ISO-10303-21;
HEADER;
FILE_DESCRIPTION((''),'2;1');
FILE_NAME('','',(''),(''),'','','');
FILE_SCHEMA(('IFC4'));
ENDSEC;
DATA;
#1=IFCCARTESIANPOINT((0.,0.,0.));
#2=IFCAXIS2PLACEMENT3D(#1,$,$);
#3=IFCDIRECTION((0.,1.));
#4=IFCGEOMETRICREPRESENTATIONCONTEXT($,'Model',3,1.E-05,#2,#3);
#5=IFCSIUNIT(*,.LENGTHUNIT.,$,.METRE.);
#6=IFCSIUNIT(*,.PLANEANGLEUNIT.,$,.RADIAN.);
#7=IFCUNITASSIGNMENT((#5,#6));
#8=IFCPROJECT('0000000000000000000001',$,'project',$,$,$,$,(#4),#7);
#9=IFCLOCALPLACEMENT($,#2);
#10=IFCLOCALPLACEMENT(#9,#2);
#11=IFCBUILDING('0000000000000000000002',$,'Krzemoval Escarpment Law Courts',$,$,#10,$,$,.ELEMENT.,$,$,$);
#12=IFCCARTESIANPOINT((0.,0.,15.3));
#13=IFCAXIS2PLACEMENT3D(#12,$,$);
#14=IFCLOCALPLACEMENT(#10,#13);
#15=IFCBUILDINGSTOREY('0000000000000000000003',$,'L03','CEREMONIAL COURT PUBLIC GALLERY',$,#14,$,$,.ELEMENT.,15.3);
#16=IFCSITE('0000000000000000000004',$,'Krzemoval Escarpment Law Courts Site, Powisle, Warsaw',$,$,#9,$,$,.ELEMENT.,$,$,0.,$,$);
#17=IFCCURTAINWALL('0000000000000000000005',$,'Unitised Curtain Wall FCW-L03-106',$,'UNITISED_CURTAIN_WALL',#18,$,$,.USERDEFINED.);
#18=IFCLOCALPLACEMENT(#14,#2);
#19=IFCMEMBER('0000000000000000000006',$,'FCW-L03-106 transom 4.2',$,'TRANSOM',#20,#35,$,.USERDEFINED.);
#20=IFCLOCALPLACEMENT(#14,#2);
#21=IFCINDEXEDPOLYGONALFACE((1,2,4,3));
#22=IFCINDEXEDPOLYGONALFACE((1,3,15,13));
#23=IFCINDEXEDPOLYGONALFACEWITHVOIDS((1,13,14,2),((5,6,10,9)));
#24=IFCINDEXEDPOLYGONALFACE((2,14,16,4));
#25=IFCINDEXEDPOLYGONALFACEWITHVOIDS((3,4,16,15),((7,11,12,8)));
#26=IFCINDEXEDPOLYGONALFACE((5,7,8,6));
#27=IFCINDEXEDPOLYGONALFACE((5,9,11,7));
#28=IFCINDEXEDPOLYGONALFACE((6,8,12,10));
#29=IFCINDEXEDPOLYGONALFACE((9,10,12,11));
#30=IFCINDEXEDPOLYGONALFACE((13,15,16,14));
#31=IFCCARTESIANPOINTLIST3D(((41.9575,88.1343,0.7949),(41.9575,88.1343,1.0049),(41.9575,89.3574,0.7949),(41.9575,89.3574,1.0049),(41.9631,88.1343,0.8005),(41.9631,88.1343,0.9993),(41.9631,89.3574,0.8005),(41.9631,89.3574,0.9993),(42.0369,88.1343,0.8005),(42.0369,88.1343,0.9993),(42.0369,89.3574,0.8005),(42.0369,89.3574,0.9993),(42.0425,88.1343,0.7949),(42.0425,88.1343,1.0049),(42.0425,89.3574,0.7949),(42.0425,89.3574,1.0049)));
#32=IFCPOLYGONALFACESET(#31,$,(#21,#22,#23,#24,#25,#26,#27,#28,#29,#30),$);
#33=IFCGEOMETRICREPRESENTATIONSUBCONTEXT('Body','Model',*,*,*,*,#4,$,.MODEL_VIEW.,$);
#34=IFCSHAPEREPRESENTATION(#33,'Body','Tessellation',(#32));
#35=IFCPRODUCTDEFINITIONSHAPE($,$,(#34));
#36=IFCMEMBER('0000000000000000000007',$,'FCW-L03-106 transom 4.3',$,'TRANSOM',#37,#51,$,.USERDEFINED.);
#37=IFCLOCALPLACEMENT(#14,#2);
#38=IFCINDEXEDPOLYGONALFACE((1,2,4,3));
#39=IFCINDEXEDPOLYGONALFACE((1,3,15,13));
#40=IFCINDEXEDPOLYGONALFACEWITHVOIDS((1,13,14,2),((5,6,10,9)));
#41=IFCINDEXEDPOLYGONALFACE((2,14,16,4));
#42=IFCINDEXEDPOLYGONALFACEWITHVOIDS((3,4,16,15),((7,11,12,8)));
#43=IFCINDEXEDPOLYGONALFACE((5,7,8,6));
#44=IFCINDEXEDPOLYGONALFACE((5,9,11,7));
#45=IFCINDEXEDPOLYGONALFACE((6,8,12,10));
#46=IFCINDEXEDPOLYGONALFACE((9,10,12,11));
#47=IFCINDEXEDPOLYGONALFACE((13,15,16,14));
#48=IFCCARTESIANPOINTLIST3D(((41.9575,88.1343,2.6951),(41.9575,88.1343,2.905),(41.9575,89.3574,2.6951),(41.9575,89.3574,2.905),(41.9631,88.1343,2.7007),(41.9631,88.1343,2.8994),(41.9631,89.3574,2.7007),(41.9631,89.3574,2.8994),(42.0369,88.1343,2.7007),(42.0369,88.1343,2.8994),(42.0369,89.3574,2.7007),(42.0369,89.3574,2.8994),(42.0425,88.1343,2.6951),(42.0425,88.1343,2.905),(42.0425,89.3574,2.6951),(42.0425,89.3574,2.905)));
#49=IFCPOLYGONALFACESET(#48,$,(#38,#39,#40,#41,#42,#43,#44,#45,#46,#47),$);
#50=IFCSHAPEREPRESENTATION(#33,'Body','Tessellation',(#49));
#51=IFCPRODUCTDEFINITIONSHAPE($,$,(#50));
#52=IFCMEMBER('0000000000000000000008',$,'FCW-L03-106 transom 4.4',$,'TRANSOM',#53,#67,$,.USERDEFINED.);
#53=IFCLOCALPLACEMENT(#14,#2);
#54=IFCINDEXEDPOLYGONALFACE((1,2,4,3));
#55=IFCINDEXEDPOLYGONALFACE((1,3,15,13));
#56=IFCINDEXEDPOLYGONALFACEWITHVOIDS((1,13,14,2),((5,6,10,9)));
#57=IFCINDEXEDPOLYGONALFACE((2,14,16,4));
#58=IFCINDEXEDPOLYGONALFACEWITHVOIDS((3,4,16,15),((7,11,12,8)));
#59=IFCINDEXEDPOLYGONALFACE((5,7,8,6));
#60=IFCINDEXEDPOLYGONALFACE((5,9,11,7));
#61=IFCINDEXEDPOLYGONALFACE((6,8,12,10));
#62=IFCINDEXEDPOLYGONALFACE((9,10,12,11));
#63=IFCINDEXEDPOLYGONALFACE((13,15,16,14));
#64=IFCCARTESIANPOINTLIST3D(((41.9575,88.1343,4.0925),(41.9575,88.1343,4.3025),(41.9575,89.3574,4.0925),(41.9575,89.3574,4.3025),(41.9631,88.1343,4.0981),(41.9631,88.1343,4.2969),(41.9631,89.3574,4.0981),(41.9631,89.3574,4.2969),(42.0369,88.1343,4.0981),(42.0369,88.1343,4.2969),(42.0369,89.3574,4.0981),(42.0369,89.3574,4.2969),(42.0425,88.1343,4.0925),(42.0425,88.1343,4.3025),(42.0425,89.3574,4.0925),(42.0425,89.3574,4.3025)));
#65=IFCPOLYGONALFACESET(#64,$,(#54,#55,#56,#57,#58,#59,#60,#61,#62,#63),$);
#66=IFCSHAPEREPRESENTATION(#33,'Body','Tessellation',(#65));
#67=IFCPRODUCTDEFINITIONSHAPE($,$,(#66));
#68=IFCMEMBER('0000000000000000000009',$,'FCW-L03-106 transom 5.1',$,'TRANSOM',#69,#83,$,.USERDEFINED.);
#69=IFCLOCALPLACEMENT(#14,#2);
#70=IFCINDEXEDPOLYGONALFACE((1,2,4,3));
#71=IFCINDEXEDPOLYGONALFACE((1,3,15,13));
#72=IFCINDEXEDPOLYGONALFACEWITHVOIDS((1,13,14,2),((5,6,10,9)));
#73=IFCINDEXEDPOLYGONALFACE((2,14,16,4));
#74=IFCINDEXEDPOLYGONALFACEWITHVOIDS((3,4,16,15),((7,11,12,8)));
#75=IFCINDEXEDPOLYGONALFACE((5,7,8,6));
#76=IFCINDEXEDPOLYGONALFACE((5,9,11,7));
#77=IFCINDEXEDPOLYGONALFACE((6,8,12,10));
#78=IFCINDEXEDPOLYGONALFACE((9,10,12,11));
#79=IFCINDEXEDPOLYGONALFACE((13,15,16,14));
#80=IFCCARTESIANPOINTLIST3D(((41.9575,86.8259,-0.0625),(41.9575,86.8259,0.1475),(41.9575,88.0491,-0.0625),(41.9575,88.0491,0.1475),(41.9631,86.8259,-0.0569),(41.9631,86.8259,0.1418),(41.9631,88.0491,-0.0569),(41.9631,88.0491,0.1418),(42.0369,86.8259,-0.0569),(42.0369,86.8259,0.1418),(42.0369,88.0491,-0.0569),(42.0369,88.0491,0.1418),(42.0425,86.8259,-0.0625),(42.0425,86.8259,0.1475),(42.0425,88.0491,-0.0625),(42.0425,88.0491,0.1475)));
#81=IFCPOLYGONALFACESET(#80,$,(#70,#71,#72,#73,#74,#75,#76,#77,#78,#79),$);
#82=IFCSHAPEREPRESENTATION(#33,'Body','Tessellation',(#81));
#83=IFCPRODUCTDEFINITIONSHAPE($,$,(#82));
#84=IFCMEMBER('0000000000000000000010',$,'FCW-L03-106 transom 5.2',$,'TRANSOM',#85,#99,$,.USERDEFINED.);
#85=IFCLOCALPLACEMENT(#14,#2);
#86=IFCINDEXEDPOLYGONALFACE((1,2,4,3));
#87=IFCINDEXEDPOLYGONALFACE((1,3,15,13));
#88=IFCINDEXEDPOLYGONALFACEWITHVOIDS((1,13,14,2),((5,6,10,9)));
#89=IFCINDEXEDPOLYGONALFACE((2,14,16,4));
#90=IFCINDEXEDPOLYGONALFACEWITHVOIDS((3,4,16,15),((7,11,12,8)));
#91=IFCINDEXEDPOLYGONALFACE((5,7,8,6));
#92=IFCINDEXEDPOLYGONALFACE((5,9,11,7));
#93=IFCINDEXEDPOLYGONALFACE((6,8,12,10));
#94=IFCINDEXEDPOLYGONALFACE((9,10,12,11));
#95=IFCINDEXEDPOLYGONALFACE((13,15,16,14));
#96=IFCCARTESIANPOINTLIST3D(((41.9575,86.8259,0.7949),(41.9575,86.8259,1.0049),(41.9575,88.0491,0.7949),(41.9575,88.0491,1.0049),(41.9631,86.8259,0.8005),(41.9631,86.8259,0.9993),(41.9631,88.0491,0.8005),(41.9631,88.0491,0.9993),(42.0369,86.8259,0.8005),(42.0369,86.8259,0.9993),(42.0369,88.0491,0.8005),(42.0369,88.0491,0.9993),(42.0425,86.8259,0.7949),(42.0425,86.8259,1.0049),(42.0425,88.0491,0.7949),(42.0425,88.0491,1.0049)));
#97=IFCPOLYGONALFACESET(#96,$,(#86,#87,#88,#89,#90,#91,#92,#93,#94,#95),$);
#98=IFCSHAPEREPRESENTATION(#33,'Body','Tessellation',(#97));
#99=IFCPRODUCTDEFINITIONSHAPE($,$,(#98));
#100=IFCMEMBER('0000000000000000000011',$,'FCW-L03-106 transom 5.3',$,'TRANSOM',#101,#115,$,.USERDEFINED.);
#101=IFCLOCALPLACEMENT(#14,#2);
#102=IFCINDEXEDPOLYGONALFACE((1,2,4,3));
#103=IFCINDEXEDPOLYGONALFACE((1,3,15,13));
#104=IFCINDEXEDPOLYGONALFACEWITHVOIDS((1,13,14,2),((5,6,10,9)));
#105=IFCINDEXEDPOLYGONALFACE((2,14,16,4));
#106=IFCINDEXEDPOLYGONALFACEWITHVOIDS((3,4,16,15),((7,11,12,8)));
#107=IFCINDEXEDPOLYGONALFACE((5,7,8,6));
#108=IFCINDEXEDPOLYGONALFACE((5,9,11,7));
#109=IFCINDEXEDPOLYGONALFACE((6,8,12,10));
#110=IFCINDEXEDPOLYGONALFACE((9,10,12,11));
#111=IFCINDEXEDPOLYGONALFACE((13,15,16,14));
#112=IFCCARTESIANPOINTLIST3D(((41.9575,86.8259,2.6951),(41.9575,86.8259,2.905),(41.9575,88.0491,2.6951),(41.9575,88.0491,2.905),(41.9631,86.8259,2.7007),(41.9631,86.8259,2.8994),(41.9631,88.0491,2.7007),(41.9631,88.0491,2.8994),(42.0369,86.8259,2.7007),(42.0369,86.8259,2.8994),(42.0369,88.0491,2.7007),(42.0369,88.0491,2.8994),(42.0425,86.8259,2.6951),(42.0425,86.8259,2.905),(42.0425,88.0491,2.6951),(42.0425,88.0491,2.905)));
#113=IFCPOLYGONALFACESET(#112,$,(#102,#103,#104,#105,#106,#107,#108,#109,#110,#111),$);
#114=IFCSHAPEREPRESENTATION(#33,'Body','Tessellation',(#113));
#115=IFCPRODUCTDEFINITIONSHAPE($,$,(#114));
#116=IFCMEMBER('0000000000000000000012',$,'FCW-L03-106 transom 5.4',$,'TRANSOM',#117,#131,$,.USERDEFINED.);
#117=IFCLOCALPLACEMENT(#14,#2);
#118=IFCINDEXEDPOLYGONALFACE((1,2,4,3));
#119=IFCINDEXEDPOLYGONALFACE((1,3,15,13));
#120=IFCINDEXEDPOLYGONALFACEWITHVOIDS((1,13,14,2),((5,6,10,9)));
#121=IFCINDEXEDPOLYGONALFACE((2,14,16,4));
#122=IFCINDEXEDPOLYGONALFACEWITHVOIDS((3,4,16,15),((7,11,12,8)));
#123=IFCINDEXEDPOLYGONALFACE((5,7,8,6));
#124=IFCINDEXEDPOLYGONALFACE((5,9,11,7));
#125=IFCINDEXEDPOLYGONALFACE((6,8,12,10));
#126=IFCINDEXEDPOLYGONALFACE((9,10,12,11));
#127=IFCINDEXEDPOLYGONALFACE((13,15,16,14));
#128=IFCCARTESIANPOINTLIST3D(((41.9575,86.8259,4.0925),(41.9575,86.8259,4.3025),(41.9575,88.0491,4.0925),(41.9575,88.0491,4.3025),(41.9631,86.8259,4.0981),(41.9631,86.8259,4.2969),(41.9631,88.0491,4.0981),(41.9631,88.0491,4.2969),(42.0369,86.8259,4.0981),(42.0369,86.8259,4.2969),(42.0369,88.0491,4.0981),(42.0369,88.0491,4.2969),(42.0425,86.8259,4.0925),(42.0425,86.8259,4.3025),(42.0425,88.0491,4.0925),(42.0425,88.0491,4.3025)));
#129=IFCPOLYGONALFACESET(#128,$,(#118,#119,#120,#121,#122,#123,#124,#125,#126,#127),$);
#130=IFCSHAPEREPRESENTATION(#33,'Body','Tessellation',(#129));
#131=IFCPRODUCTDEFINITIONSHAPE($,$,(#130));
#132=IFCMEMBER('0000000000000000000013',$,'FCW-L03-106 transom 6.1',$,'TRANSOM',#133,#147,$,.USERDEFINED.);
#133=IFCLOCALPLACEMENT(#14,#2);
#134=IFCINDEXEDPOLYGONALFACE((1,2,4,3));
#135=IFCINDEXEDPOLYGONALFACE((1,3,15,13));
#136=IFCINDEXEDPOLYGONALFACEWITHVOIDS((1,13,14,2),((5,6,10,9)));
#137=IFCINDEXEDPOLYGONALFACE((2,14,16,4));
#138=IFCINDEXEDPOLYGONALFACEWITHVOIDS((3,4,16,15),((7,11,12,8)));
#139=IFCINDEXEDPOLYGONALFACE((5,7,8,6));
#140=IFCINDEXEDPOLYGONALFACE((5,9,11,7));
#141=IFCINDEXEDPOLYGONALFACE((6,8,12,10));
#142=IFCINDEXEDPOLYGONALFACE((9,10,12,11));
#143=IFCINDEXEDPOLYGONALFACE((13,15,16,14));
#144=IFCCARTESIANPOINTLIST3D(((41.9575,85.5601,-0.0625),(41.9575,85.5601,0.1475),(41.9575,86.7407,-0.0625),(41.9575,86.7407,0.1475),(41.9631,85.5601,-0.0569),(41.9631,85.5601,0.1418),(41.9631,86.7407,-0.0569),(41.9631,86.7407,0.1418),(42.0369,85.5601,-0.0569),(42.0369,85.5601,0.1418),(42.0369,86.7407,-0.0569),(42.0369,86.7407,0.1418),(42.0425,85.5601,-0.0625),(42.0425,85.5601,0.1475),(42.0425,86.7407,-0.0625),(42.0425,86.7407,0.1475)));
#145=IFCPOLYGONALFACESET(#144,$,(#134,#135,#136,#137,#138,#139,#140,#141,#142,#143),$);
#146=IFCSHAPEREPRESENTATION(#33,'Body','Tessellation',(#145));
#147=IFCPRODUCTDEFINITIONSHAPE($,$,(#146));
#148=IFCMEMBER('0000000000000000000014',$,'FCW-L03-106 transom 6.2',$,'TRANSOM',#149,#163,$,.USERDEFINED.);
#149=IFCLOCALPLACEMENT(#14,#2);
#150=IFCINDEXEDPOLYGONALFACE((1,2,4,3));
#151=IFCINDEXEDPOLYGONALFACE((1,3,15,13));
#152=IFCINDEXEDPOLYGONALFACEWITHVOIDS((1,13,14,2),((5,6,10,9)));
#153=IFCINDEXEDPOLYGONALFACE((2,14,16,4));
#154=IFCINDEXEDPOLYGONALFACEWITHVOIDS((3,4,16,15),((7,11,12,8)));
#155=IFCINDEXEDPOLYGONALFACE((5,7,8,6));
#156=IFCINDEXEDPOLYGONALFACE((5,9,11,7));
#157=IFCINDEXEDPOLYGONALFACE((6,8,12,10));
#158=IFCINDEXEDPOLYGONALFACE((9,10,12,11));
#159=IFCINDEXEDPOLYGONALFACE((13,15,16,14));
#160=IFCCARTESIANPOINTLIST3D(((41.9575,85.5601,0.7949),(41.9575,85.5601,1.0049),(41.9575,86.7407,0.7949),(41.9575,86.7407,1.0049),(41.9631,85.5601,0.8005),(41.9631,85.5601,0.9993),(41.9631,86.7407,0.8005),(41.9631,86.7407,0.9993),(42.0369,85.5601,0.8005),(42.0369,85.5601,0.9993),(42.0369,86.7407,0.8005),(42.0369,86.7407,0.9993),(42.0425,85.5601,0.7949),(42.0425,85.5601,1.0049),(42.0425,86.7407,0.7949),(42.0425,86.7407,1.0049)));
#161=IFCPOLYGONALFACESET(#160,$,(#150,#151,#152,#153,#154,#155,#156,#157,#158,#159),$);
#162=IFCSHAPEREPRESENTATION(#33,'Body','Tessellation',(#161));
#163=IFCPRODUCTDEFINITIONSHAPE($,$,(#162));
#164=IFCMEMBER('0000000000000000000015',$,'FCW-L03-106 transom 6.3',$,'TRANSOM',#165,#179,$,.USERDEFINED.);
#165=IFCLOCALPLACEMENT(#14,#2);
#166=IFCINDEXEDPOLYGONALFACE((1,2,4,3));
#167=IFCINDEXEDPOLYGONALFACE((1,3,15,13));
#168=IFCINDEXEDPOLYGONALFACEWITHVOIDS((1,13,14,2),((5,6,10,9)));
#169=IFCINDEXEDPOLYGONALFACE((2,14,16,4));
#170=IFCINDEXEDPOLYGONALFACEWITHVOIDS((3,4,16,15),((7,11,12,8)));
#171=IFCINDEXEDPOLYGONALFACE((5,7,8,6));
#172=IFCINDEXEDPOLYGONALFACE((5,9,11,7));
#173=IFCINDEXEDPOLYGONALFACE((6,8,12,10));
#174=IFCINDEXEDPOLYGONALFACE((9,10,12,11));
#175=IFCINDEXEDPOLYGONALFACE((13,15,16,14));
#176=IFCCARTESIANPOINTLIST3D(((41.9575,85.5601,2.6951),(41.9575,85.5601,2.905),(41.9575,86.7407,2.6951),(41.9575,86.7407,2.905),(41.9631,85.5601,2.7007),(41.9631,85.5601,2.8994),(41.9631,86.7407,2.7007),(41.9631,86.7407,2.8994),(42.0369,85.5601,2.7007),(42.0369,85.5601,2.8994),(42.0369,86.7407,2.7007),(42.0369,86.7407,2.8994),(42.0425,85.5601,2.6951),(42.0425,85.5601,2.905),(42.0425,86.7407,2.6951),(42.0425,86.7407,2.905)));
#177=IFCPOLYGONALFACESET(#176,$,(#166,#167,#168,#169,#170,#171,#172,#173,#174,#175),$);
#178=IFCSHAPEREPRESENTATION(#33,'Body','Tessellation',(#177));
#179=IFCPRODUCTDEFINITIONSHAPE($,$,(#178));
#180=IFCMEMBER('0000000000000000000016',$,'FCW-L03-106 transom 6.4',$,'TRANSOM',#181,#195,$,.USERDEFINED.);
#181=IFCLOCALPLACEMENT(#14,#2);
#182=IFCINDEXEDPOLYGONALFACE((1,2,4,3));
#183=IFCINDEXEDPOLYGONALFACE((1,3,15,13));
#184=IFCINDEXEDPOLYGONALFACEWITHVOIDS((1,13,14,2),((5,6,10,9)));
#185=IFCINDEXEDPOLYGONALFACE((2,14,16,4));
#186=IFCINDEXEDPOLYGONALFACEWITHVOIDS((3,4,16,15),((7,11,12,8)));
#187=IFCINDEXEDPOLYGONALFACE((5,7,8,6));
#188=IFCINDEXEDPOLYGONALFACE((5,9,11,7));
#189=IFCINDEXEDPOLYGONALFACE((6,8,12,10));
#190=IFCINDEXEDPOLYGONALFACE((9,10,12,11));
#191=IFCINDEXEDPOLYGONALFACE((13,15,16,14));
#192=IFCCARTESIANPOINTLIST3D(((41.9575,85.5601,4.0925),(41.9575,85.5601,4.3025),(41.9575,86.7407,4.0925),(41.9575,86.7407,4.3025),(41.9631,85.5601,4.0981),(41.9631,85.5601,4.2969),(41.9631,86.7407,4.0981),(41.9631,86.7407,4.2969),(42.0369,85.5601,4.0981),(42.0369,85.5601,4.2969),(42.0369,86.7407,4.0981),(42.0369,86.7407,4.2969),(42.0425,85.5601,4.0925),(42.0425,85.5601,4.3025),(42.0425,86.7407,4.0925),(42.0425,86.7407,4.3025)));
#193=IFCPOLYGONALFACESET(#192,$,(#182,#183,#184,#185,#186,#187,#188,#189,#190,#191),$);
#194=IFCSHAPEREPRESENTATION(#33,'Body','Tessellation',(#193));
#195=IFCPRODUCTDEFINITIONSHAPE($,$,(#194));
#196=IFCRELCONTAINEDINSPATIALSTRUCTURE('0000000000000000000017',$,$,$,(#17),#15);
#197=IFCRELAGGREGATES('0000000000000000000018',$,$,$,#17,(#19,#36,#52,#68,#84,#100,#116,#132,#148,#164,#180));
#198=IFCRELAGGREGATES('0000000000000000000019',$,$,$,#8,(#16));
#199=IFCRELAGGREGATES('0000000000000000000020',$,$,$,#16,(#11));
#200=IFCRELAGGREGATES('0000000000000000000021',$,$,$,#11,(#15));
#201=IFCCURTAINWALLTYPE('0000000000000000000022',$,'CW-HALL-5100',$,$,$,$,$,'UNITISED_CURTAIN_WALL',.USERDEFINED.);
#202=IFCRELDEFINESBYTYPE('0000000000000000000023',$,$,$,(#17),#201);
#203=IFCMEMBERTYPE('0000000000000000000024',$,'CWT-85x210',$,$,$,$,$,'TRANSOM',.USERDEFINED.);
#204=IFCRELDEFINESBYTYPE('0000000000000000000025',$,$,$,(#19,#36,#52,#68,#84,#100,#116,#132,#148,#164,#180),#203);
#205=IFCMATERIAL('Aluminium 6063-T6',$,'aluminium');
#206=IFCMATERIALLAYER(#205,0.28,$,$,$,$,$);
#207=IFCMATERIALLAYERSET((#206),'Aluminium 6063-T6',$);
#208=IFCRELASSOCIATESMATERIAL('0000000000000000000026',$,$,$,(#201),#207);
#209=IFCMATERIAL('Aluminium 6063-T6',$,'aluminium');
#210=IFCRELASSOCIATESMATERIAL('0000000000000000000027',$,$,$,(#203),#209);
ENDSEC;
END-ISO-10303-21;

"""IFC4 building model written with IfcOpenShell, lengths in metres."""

from ifc_helpers import new_model, si_unit, direction, frame, origin, origin_2d, place, context, subcontext, project, spatial, hollow_rectangle, extrude, material, layer, layer_set, material_profile, profile_set, type_object, element, aggregate, save


model = new_model("IFC4")

# Units and contexts
model_context = context("Model", 3, precision=1e-05, world=origin(), true_north=direction((0.0, 1.0)))
body_context = subcontext(model_context, "Body", "Model", "MODEL_VIEW")
ifc_project = project(units=[si_unit("LENGTHUNIT", "METRE"), si_unit("PLANEANGLEUNIT", "RADIAN")], contexts=[model_context])

# Site, building, storey
site_placement = place(None, origin())
site = spatial("IfcSite", under=ifc_project, at=site_placement, Name="Krzemoval Escarpment Law Courts Site, Powisle, Warsaw", CompositionType="ELEMENT", RefElevation=0.0)
building_placement = place(site_placement, origin())
building = spatial("IfcBuilding", under=site, at=building_placement, Name="Krzemoval Escarpment Law Courts", CompositionType="ELEMENT")
storey_placement = place(building_placement, frame((0.0, 0.0, 15.3)))
storey = spatial("IfcBuildingStorey", under=building, at=storey_placement, Name="L03", Description="CEREMONIAL COURT PUBLIC GALLERY", CompositionType="ELEMENT", Elevation=15.3)

# Curtain wall
ifc_material_1 = material(Name="Aluminium 6063-T6", Category="aluminium")
ifc_layer_1 = layer(ifc_material_1, 0.28)
ifc_layer_set_1 = layer_set([ifc_layer_1], Name="Aluminium 6063-T6")
curtain_wall_type = type_object("IfcCurtainWallType", Name="CW-HALL-5100", ElementType="UNITISED_CURTAIN_WALL", PredefinedType="USERDEFINED", material=ifc_layer_set_1)
curtain_wall_1_placement = place(storey_placement, origin())
curtain_wall_1 = element("IfcCurtainWall", 1, at=curtain_wall_1_placement, inside=storey, type_object=curtain_wall_type, Name="Unitised Curtain Wall FCW-L03-106", ObjectType="UNITISED_CURTAIN_WALL", PredefinedType="USERDEFINED")

# Members
ifc_material_2 = material(Name="Aluminium 6063-T6", Category="aluminium")
ifc_material_profile_1 = material_profile(ifc_material_2, hollow_rectangle(XDim=0.085, YDim=0.21, WallThickness=0.0056, at=origin_2d()), Name="ALU T85x210")
ifc_profile_set_1 = profile_set([ifc_material_profile_1], Name="Aluminium 6063-T6")
member_type_1 = type_object("IfcMemberType", Name="CWT-85x210", ElementType="TRANSOM", PredefinedType="USERDEFINED", material=ifc_profile_set_1)
member_1_placement = place(storey_placement, frame((42.0, 89.3574, 0.8999), z_axis=(0.0, -1.0, 0.0), x_axis=(1.0, 0.0, 0.0)))
member_1 = element("IfcMember", 2, at=member_1_placement, type_object=member_type_1, Name="FCW-L03-106 transom 4.2", ObjectType="TRANSOM", PredefinedType="USERDEFINED", context=body_context, shape_type="SweptSolid", body=[
    extrude(hollow_rectangle(XDim=0.085, YDim=0.21, WallThickness=0.0056, at=origin_2d()), origin(), (0.0, 0.0, 1.0), 1.2231),
])
member_2_placement = place(storey_placement, frame((42.0, 89.3574, 2.8), z_axis=(0.0, -1.0, 0.0), x_axis=(1.0, 0.0, 0.0)))
member_2 = element("IfcMember", 3, at=member_2_placement, type_object=member_type_1, Name="FCW-L03-106 transom 4.3", ObjectType="TRANSOM", PredefinedType="USERDEFINED", context=body_context, shape_type="SweptSolid", body=[
    extrude(hollow_rectangle(XDim=0.085, YDim=0.21, WallThickness=0.0056, at=origin_2d()), origin(), (0.0, 0.0, 1.0), 1.2231),
])
member_3_placement = place(storey_placement, frame((42.0, 89.3574, 4.1975), z_axis=(0.0, -1.0, 0.0), x_axis=(1.0, 0.0, 0.0)))
member_3 = element("IfcMember", 4, at=member_3_placement, type_object=member_type_1, Name="FCW-L03-106 transom 4.4", ObjectType="TRANSOM", PredefinedType="USERDEFINED", context=body_context, shape_type="SweptSolid", body=[
    extrude(hollow_rectangle(XDim=0.085, YDim=0.21, WallThickness=0.0056, at=origin_2d()), origin(), (0.0, 0.0, 1.0), 1.2231),
])
member_4_placement = place(storey_placement, frame((42.0, 88.0491, 0.0425), z_axis=(0.0, -1.0, 0.0), x_axis=(1.0, 0.0, 0.0)))
member_4 = element("IfcMember", 5, at=member_4_placement, type_object=member_type_1, Name="FCW-L03-106 transom 5.1", ObjectType="TRANSOM", PredefinedType="USERDEFINED", context=body_context, shape_type="SweptSolid", body=[
    extrude(hollow_rectangle(XDim=0.085, YDim=0.21, WallThickness=0.0056, at=origin_2d()), origin(), (0.0, 0.0, 1.0), 1.2231),
])
member_5_placement = place(storey_placement, frame((42.0, 88.0491, 0.8999), z_axis=(0.0, -1.0, 0.0), x_axis=(1.0, 0.0, 0.0)))
member_5 = element("IfcMember", 6, at=member_5_placement, type_object=member_type_1, Name="FCW-L03-106 transom 5.2", ObjectType="TRANSOM", PredefinedType="USERDEFINED", context=body_context, shape_type="SweptSolid", body=[
    extrude(hollow_rectangle(XDim=0.085, YDim=0.21, WallThickness=0.0056, at=origin_2d()), origin(), (0.0, 0.0, 1.0), 1.2231),
])
member_6_placement = place(storey_placement, frame((42.0, 88.0491, 2.8), z_axis=(0.0, -1.0, 0.0), x_axis=(1.0, 0.0, 0.0)))
member_6 = element("IfcMember", 7, at=member_6_placement, type_object=member_type_1, Name="FCW-L03-106 transom 5.3", ObjectType="TRANSOM", PredefinedType="USERDEFINED", context=body_context, shape_type="SweptSolid", body=[
    extrude(hollow_rectangle(XDim=0.085, YDim=0.21, WallThickness=0.0056, at=origin_2d()), origin(), (0.0, 0.0, 1.0), 1.2231),
])
member_7_placement = place(storey_placement, frame((42.0, 88.0491, 4.1975), z_axis=(0.0, -1.0, 0.0), x_axis=(1.0, 0.0, 0.0)))
member_7 = element("IfcMember", 8, at=member_7_placement, type_object=member_type_1, Name="FCW-L03-106 transom 5.4", ObjectType="TRANSOM", PredefinedType="USERDEFINED", context=body_context, shape_type="SweptSolid", body=[
    extrude(hollow_rectangle(XDim=0.085, YDim=0.21, WallThickness=0.0056, at=origin_2d()), origin(), (0.0, 0.0, 1.0), 1.2231),
])
member_8_placement = place(storey_placement, frame((42.0, 86.7407, 0.0425), z_axis=(0.0, -1.0, 0.0), x_axis=(1.0, 0.0, 0.0)))
member_8 = element("IfcMember", 9, at=member_8_placement, type_object=member_type_1, Name="FCW-L03-106 transom 6.1", ObjectType="TRANSOM", PredefinedType="USERDEFINED", context=body_context, shape_type="SweptSolid", body=[
    extrude(hollow_rectangle(XDim=0.085, YDim=0.21, WallThickness=0.0056, at=origin_2d()), origin(), (0.0, 0.0, 1.0), 1.1807),
])
member_9_placement = place(storey_placement, frame((42.0, 86.7407, 0.8999), z_axis=(0.0, -1.0, 0.0), x_axis=(1.0, 0.0, 0.0)))
member_9 = element("IfcMember", 10, at=member_9_placement, type_object=member_type_1, Name="FCW-L03-106 transom 6.2", ObjectType="TRANSOM", PredefinedType="USERDEFINED", context=body_context, shape_type="SweptSolid", body=[
    extrude(hollow_rectangle(XDim=0.085, YDim=0.21, WallThickness=0.0056, at=origin_2d()), origin(), (0.0, 0.0, 1.0), 1.1807),
])
member_10_placement = place(storey_placement, frame((42.0, 86.7407, 2.8), z_axis=(0.0, -1.0, 0.0), x_axis=(1.0, 0.0, 0.0)))
member_10 = element("IfcMember", 11, at=member_10_placement, type_object=member_type_1, Name="FCW-L03-106 transom 6.3", ObjectType="TRANSOM", PredefinedType="USERDEFINED", context=body_context, shape_type="SweptSolid", body=[
    extrude(hollow_rectangle(XDim=0.085, YDim=0.21, WallThickness=0.0056, at=origin_2d()), origin(), (0.0, 0.0, 1.0), 1.1807),
])
member_11_placement = place(storey_placement, frame((42.0, 86.7407, 4.1975), z_axis=(0.0, -1.0, 0.0), x_axis=(1.0, 0.0, 0.0)))
member_11 = element("IfcMember", 12, at=member_11_placement, type_object=member_type_1, Name="FCW-L03-106 transom 6.4", ObjectType="TRANSOM", PredefinedType="USERDEFINED", context=body_context, shape_type="SweptSolid", body=[
    extrude(hollow_rectangle(XDim=0.085, YDim=0.21, WallThickness=0.0056, at=origin_2d()), origin(), (0.0, 0.0, 1.0), 1.1807),
])

aggregate(curtain_wall_1, [member_1, member_2, member_3, member_4, member_5, member_6, member_7, member_8, member_9, member_10, member_11])

save(model, "model.ifc")
